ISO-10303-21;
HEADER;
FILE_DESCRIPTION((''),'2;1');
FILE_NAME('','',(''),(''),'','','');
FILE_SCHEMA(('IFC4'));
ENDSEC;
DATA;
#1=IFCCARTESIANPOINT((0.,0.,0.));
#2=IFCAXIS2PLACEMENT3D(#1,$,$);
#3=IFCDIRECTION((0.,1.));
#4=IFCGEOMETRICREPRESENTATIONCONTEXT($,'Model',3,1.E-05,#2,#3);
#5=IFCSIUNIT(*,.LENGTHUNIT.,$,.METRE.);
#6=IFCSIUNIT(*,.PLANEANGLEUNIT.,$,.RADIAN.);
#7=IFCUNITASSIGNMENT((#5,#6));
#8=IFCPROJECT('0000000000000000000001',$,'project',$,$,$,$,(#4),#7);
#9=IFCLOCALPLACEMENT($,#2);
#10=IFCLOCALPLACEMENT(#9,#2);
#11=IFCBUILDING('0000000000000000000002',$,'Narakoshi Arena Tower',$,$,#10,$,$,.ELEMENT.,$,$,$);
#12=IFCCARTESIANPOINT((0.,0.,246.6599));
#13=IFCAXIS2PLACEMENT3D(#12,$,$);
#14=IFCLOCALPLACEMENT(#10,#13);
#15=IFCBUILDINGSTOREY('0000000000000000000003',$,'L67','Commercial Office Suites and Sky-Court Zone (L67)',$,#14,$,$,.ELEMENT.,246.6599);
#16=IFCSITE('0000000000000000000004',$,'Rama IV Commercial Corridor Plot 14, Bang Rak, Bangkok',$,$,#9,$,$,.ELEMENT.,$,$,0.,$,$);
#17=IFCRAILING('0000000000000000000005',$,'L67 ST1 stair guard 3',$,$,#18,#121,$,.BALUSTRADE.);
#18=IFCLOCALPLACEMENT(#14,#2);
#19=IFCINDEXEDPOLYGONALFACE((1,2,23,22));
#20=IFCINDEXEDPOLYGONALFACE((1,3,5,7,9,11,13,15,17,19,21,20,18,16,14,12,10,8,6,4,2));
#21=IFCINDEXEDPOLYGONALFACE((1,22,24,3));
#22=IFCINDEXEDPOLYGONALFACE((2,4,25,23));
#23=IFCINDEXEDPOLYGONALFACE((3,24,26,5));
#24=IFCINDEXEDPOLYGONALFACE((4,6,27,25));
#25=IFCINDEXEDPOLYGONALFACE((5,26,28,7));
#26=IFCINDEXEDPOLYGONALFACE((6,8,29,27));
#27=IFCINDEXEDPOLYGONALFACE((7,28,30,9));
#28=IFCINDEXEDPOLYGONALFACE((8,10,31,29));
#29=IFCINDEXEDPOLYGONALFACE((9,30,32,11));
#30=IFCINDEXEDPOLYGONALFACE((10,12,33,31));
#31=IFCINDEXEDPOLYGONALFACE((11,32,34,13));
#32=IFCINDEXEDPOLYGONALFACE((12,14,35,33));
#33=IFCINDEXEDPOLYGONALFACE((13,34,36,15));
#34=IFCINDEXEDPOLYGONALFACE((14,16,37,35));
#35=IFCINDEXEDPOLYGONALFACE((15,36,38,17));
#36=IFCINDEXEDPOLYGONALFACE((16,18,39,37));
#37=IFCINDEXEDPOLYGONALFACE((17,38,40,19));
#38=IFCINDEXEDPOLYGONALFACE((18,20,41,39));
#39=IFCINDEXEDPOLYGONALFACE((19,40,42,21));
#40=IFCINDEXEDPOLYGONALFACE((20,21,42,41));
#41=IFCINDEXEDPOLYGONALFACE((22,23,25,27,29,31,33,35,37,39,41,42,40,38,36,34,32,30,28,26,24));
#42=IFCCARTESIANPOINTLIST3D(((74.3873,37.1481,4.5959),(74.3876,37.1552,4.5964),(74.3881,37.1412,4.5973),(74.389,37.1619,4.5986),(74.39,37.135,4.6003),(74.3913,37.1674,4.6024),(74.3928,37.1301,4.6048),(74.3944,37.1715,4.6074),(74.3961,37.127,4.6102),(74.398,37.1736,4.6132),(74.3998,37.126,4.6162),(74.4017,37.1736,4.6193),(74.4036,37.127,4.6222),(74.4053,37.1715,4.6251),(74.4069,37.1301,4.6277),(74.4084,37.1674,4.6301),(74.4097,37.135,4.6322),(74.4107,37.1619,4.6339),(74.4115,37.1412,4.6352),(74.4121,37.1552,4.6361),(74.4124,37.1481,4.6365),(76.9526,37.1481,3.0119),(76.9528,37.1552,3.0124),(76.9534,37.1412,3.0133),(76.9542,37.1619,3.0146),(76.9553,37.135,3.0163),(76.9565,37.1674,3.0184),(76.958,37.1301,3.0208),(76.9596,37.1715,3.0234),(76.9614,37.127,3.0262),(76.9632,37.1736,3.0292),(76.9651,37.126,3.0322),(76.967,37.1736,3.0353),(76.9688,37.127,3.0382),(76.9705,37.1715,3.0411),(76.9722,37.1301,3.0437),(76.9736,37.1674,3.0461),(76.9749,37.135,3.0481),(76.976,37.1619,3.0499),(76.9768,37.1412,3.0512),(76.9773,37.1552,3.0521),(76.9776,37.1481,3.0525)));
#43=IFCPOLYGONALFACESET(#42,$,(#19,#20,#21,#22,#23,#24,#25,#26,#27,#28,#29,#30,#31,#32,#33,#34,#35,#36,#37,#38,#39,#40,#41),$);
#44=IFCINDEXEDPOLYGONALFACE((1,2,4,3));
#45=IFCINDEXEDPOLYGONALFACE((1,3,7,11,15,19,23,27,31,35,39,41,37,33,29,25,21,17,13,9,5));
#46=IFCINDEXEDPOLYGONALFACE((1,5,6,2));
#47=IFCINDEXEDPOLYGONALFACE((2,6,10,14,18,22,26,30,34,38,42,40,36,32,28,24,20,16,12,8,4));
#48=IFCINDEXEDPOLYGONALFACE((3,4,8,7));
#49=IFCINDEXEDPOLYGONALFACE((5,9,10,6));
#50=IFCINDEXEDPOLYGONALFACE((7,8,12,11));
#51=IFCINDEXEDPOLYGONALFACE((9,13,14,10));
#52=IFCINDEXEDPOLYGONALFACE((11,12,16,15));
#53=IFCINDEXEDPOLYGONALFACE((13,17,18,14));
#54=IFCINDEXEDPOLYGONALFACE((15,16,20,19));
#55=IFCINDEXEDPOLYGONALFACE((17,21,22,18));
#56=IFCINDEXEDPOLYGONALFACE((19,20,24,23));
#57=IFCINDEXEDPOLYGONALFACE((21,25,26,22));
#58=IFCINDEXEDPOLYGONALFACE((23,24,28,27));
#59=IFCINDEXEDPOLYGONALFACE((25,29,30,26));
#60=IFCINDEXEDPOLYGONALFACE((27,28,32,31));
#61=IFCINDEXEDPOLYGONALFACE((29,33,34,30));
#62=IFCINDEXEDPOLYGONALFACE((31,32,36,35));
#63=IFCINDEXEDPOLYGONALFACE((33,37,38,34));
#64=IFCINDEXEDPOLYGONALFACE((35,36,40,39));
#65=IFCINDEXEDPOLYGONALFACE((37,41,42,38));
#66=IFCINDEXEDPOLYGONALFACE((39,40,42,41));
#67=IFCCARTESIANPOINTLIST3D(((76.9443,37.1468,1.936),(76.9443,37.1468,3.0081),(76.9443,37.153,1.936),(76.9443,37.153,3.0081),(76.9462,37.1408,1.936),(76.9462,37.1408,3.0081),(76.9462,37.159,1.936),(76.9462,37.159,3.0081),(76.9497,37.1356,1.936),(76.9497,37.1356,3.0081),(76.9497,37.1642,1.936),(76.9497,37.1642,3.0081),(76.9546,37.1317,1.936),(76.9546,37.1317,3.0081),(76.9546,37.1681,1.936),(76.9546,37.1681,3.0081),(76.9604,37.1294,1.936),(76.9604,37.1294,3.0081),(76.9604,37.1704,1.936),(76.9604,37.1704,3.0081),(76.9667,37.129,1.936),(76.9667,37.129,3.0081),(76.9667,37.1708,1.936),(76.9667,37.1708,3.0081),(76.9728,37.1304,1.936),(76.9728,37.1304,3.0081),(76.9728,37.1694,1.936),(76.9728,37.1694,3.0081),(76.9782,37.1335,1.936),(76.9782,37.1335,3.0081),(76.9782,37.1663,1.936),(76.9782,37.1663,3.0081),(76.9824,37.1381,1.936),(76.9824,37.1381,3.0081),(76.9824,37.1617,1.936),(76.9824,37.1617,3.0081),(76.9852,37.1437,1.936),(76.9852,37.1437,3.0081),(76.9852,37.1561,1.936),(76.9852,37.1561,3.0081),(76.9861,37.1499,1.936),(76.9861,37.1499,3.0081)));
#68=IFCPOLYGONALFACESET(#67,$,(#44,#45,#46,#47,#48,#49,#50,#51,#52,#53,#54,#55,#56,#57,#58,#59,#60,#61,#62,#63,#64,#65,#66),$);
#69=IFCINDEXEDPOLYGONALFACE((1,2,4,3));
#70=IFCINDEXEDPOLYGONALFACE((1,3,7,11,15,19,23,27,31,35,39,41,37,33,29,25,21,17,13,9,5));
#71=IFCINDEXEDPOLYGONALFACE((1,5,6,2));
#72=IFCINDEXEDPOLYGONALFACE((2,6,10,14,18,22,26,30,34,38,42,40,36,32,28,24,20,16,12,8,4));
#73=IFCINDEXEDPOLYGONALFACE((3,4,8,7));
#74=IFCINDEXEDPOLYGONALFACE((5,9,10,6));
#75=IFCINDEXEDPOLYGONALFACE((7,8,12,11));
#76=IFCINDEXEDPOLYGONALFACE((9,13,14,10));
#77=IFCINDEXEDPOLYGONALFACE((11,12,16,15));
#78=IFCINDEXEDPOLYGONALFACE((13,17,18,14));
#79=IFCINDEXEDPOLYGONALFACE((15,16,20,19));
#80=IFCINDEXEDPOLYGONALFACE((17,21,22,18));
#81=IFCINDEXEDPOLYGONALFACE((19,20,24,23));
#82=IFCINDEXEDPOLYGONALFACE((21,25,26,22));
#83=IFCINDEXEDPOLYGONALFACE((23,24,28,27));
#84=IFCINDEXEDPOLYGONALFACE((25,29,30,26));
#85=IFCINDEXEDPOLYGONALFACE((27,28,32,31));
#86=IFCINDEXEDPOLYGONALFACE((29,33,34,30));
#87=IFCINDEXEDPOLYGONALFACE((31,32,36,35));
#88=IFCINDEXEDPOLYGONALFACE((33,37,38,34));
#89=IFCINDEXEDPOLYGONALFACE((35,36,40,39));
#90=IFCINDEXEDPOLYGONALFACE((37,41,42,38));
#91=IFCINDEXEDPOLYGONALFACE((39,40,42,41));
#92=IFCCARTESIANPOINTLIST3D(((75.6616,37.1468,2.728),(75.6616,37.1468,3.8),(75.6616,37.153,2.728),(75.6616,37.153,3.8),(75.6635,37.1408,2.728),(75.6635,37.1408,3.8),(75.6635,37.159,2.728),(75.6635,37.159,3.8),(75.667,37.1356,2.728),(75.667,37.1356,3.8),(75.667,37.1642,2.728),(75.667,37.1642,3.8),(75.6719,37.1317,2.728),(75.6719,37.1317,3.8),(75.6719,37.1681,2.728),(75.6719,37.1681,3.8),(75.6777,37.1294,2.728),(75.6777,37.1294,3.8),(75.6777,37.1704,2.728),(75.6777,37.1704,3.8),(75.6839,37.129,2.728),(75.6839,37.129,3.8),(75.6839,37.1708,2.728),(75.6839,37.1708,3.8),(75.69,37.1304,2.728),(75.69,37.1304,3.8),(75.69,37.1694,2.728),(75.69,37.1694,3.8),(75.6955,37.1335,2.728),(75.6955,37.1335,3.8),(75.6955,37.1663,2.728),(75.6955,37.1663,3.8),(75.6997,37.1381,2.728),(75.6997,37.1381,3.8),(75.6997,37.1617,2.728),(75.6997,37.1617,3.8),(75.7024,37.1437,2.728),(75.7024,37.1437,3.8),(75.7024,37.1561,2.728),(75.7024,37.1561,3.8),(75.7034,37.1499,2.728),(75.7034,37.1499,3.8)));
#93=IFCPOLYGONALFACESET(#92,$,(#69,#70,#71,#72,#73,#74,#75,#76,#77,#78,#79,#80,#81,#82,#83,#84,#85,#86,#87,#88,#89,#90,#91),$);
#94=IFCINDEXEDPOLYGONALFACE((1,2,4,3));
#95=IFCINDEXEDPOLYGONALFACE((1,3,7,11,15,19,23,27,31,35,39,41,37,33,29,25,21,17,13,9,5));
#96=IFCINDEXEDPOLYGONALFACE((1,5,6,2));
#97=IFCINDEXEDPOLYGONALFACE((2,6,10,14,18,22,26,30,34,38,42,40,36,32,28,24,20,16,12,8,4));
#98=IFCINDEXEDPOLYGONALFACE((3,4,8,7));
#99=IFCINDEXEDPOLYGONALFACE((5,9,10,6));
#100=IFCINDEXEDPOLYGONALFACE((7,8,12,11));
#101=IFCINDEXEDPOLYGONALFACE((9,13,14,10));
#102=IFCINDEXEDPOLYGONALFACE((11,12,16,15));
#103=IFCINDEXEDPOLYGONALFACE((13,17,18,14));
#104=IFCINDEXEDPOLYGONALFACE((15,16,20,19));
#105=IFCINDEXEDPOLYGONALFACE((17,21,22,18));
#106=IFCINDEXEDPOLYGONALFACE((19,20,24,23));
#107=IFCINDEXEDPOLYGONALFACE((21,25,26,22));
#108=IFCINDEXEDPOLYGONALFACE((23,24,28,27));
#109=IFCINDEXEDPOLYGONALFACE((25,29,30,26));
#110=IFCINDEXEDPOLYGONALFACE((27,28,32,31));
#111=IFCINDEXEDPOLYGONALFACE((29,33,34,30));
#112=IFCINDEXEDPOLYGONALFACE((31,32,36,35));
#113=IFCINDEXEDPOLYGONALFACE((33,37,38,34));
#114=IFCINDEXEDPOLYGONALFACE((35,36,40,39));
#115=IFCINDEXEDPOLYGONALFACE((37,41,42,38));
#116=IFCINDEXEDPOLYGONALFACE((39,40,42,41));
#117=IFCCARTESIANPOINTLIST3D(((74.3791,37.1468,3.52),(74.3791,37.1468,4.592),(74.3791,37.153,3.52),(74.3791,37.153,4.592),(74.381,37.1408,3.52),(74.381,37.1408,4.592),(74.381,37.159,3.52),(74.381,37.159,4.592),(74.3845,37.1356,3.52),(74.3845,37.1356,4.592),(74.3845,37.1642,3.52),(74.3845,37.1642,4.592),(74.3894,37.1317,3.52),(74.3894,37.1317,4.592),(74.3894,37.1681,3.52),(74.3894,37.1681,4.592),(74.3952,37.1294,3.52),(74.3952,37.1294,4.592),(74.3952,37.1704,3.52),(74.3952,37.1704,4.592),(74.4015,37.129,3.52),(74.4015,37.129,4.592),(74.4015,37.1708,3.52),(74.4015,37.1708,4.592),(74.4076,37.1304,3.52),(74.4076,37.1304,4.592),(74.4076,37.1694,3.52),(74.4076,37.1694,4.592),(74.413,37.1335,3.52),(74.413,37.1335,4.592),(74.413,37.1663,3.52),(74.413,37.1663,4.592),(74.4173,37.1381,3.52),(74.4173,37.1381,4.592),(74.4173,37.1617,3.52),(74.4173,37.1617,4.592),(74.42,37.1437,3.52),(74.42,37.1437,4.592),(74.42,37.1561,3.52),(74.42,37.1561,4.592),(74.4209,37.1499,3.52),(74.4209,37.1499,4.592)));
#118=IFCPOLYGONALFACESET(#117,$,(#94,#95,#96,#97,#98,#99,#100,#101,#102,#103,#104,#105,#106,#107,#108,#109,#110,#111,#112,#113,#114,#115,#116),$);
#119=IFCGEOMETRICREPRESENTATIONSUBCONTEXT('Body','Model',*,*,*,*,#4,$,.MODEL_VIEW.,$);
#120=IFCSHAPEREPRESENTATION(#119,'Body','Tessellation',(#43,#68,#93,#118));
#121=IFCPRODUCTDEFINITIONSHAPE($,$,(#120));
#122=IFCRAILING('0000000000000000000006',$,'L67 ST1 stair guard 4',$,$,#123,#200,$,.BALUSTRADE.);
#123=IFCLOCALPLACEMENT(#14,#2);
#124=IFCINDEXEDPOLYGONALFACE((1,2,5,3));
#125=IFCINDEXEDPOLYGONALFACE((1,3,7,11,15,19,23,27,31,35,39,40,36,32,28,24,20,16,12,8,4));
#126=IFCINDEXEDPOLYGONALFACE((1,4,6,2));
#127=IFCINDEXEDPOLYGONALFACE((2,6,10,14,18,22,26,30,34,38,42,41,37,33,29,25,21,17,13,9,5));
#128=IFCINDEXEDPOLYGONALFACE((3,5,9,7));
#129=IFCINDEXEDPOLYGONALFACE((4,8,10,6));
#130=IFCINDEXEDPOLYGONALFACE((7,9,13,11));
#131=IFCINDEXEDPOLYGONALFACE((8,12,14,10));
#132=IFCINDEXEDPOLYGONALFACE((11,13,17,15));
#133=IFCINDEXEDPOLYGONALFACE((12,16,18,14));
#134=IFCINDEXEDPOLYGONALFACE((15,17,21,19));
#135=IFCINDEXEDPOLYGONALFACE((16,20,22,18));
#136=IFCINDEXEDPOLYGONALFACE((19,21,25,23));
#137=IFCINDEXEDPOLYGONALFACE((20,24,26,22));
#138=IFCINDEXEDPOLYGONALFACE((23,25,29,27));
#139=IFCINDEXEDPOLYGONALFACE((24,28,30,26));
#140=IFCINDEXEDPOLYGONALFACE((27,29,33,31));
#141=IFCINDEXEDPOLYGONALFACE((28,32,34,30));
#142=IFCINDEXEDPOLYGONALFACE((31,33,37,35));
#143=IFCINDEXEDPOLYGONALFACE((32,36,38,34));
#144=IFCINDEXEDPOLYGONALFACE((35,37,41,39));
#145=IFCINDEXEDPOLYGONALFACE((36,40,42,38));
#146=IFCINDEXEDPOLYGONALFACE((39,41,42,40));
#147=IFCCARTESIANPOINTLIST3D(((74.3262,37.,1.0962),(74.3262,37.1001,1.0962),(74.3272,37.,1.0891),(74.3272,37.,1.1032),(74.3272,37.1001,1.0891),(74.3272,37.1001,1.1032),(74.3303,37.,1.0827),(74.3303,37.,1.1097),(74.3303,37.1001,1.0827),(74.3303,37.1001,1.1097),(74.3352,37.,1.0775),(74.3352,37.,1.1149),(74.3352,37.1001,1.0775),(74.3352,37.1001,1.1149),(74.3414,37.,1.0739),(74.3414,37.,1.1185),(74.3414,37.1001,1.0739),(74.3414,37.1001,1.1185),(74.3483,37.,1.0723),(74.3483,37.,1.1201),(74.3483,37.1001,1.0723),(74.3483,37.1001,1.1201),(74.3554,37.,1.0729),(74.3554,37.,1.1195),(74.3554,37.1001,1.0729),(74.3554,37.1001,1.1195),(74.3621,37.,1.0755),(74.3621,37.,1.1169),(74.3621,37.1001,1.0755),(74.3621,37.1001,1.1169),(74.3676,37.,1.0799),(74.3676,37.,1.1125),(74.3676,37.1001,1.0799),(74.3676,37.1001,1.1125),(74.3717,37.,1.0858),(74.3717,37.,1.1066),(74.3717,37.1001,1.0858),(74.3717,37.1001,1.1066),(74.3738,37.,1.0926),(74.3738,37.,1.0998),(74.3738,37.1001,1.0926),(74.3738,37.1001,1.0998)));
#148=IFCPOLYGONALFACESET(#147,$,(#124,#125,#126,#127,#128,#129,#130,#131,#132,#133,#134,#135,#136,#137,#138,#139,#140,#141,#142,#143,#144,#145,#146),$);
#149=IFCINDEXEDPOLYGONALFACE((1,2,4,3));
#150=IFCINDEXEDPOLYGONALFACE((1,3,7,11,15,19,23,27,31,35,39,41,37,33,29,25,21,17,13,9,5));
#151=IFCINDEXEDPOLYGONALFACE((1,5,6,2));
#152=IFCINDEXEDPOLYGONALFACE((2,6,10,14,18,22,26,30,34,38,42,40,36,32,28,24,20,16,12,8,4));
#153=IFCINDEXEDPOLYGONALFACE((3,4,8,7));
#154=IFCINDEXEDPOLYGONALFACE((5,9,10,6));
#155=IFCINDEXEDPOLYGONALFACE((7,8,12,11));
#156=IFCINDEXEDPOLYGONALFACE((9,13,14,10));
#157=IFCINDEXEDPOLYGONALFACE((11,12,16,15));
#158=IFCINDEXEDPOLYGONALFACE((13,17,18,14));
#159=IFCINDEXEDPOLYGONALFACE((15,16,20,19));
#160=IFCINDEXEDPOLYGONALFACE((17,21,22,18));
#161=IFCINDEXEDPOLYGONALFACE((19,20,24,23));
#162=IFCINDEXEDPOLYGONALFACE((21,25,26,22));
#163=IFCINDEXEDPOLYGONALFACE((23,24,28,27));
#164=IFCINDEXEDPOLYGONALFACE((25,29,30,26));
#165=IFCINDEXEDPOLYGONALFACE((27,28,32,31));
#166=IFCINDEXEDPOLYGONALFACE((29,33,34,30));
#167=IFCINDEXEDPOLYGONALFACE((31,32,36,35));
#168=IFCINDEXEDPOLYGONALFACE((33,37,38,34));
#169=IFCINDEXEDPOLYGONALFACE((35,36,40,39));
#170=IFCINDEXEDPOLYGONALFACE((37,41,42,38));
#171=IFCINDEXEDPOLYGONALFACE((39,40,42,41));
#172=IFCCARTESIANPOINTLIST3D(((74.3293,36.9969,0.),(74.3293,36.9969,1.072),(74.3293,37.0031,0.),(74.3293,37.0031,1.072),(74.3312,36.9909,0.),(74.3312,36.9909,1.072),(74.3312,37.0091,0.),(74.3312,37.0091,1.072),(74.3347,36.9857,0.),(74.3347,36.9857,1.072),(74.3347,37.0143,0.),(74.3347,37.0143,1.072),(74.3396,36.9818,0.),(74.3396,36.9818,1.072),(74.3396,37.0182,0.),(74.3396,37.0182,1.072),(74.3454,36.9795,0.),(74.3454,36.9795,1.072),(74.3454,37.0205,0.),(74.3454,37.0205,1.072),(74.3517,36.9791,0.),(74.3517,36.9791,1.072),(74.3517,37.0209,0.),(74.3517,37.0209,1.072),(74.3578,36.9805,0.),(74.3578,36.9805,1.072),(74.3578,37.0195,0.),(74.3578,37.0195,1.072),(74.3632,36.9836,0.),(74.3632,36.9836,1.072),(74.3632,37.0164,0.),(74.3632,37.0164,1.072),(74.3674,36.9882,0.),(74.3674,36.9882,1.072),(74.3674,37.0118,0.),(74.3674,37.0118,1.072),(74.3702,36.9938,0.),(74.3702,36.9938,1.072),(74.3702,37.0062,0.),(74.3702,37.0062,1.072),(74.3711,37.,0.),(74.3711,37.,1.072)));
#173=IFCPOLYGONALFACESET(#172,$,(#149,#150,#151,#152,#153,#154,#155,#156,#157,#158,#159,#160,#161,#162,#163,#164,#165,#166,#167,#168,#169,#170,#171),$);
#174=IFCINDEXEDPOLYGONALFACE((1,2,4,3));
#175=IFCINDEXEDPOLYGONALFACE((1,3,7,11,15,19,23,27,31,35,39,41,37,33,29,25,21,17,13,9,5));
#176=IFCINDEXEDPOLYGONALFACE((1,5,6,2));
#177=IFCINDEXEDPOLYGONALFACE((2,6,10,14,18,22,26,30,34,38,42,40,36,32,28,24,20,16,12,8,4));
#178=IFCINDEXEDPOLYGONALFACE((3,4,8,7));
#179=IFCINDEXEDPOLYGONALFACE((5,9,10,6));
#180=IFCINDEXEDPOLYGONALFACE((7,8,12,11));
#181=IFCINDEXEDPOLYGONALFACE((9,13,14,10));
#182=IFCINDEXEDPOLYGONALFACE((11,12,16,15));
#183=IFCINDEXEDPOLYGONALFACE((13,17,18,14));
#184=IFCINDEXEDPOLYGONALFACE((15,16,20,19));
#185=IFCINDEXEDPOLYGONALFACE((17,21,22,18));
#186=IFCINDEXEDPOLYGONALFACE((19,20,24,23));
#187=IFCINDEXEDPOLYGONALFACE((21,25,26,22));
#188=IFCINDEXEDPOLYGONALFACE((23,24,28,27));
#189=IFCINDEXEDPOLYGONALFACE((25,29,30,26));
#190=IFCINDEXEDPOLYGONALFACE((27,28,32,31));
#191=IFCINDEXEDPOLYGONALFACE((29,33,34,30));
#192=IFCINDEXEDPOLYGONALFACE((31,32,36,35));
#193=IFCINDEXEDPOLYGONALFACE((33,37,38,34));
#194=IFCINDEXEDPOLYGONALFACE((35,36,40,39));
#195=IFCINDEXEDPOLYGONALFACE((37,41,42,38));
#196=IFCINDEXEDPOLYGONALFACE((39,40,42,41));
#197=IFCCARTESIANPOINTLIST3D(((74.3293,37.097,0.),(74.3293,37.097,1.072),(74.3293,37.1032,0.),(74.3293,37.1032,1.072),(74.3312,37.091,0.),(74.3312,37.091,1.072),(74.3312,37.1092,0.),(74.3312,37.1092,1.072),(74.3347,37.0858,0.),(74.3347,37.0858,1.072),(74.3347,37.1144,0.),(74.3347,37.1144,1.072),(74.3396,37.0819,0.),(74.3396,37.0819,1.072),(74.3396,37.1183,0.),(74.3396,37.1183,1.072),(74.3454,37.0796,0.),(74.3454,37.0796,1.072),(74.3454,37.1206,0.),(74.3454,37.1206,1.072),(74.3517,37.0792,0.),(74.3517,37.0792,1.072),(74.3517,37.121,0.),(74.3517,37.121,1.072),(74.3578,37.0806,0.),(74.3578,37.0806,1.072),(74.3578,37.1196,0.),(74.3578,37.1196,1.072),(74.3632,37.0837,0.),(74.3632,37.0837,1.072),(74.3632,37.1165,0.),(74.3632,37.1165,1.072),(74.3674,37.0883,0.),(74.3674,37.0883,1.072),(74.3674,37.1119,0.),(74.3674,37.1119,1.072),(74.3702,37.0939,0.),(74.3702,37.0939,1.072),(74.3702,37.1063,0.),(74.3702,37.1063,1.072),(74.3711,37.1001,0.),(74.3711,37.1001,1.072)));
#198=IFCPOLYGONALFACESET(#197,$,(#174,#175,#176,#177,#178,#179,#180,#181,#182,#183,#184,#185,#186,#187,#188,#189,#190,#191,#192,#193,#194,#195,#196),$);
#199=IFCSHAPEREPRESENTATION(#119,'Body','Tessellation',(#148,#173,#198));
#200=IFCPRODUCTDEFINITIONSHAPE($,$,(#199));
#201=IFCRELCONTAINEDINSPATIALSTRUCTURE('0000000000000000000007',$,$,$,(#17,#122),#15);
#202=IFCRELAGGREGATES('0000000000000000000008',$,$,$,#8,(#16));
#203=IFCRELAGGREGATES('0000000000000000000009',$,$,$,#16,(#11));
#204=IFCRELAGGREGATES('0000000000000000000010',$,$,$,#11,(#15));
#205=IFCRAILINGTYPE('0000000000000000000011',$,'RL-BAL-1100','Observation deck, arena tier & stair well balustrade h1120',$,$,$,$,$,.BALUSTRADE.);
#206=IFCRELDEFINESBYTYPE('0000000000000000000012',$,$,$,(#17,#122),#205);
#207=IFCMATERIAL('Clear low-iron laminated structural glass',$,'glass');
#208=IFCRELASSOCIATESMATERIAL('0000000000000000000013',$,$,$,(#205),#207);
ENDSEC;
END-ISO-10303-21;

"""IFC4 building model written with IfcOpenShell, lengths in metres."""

from ifc_helpers import new_model, si_unit, direction, frame, origin, origin_2d, place, context, subcontext, project, spatial, circle, extrude, material, type_object, element, save


model = new_model("IFC4")

# Units and contexts
model_context = context("Model", 3, precision=1e-05, world=origin(), true_north=direction((0.0, 1.0)))
body_context = subcontext(model_context, "Body", "Model", "MODEL_VIEW")
ifc_project = project(units=[si_unit("LENGTHUNIT", "METRE"), si_unit("PLANEANGLEUNIT", "RADIAN")], contexts=[model_context])

# Site, building, storey
site_placement = place(None, origin())
site = spatial("IfcSite", under=ifc_project, at=site_placement, Name="Rama IV Commercial Corridor Plot 14, Bang Rak, Bangkok", CompositionType="ELEMENT", RefElevation=0.0)
building_placement = place(site_placement, origin())
building = spatial("IfcBuilding", under=site, at=building_placement, Name="Narakoshi Arena Tower", CompositionType="ELEMENT")
storey_placement = place(building_placement, frame((0.0, 0.0, 246.6599)))
storey = spatial("IfcBuildingStorey", under=building, at=storey_placement, Name="L67", Description="Commercial Office Suites and Sky-Court Zone (L67)", CompositionType="ELEMENT", Elevation=246.6599)

# Railings
ifc_material_1 = material(Name="Clear low-iron laminated structural glass", Category="glass")
railing_type_1 = type_object("IfcRailingType", Name="RL-BAL-1100", Description="Observation deck, arena tier & stair well balustrade h1120", PredefinedType="BALUSTRADE", material=ifc_material_1)
railing_1_placement = place(storey_placement, frame((76.9651, 37.1499, 1.936)))
element("IfcRailing", 1, at=railing_1_placement, inside=storey, type_object=railing_type_1, Name="L67 ST1 stair guard 3", PredefinedType="BALUSTRADE", context=body_context, shape_type="SweptSolid", body=[
    extrude(circle(Radius=0.0239, at=origin_2d()), frame((0.0, 0.0, 1.0962), z_axis=(-0.850857, 0.0, 0.525398), x_axis=(0.0, -1.0, 0.0)), (0.0, 0.0, 1.0), 3.0149),
    extrude(circle(Radius=0.021, at=origin_2d()), origin(), (0.0, 0.0, 1.0), 1.072),
    extrude(circle(Radius=0.021, at=origin_2d()), frame((-1.2827, 0.0, 0.792)), (0.0, 0.0, 1.0), 1.072),
    extrude(circle(Radius=0.021, at=origin_2d()), frame((-2.5652, 0.0, 1.584)), (0.0, 0.0, 1.0), 1.072),
])
railing_2_placement = place(storey_placement, frame((74.3501, 37.0, 0.0)))
element("IfcRailing", 2, at=railing_2_placement, inside=storey, type_object=railing_type_1, Name="L67 ST1 stair guard 4", PredefinedType="BALUSTRADE", context=body_context, shape_type="SweptSolid", body=[
    extrude(circle(Radius=0.0239, at=origin_2d()), frame((0.0, 0.0, 1.0962), z_axis=(0.0, 1.0, 0.0), x_axis=(-1.0, 0.0, 0.0)), (0.0, 0.0, 1.0), 0.1001),
    extrude(circle(Radius=0.021, at=origin_2d()), origin(), (0.0, 0.0, 1.0), 1.072),
    extrude(circle(Radius=0.021, at=origin_2d()), frame((0.0, 0.1001, 0.0)), (0.0, 0.0, 1.0), 1.072),
])

save(model, "model.ifc")
